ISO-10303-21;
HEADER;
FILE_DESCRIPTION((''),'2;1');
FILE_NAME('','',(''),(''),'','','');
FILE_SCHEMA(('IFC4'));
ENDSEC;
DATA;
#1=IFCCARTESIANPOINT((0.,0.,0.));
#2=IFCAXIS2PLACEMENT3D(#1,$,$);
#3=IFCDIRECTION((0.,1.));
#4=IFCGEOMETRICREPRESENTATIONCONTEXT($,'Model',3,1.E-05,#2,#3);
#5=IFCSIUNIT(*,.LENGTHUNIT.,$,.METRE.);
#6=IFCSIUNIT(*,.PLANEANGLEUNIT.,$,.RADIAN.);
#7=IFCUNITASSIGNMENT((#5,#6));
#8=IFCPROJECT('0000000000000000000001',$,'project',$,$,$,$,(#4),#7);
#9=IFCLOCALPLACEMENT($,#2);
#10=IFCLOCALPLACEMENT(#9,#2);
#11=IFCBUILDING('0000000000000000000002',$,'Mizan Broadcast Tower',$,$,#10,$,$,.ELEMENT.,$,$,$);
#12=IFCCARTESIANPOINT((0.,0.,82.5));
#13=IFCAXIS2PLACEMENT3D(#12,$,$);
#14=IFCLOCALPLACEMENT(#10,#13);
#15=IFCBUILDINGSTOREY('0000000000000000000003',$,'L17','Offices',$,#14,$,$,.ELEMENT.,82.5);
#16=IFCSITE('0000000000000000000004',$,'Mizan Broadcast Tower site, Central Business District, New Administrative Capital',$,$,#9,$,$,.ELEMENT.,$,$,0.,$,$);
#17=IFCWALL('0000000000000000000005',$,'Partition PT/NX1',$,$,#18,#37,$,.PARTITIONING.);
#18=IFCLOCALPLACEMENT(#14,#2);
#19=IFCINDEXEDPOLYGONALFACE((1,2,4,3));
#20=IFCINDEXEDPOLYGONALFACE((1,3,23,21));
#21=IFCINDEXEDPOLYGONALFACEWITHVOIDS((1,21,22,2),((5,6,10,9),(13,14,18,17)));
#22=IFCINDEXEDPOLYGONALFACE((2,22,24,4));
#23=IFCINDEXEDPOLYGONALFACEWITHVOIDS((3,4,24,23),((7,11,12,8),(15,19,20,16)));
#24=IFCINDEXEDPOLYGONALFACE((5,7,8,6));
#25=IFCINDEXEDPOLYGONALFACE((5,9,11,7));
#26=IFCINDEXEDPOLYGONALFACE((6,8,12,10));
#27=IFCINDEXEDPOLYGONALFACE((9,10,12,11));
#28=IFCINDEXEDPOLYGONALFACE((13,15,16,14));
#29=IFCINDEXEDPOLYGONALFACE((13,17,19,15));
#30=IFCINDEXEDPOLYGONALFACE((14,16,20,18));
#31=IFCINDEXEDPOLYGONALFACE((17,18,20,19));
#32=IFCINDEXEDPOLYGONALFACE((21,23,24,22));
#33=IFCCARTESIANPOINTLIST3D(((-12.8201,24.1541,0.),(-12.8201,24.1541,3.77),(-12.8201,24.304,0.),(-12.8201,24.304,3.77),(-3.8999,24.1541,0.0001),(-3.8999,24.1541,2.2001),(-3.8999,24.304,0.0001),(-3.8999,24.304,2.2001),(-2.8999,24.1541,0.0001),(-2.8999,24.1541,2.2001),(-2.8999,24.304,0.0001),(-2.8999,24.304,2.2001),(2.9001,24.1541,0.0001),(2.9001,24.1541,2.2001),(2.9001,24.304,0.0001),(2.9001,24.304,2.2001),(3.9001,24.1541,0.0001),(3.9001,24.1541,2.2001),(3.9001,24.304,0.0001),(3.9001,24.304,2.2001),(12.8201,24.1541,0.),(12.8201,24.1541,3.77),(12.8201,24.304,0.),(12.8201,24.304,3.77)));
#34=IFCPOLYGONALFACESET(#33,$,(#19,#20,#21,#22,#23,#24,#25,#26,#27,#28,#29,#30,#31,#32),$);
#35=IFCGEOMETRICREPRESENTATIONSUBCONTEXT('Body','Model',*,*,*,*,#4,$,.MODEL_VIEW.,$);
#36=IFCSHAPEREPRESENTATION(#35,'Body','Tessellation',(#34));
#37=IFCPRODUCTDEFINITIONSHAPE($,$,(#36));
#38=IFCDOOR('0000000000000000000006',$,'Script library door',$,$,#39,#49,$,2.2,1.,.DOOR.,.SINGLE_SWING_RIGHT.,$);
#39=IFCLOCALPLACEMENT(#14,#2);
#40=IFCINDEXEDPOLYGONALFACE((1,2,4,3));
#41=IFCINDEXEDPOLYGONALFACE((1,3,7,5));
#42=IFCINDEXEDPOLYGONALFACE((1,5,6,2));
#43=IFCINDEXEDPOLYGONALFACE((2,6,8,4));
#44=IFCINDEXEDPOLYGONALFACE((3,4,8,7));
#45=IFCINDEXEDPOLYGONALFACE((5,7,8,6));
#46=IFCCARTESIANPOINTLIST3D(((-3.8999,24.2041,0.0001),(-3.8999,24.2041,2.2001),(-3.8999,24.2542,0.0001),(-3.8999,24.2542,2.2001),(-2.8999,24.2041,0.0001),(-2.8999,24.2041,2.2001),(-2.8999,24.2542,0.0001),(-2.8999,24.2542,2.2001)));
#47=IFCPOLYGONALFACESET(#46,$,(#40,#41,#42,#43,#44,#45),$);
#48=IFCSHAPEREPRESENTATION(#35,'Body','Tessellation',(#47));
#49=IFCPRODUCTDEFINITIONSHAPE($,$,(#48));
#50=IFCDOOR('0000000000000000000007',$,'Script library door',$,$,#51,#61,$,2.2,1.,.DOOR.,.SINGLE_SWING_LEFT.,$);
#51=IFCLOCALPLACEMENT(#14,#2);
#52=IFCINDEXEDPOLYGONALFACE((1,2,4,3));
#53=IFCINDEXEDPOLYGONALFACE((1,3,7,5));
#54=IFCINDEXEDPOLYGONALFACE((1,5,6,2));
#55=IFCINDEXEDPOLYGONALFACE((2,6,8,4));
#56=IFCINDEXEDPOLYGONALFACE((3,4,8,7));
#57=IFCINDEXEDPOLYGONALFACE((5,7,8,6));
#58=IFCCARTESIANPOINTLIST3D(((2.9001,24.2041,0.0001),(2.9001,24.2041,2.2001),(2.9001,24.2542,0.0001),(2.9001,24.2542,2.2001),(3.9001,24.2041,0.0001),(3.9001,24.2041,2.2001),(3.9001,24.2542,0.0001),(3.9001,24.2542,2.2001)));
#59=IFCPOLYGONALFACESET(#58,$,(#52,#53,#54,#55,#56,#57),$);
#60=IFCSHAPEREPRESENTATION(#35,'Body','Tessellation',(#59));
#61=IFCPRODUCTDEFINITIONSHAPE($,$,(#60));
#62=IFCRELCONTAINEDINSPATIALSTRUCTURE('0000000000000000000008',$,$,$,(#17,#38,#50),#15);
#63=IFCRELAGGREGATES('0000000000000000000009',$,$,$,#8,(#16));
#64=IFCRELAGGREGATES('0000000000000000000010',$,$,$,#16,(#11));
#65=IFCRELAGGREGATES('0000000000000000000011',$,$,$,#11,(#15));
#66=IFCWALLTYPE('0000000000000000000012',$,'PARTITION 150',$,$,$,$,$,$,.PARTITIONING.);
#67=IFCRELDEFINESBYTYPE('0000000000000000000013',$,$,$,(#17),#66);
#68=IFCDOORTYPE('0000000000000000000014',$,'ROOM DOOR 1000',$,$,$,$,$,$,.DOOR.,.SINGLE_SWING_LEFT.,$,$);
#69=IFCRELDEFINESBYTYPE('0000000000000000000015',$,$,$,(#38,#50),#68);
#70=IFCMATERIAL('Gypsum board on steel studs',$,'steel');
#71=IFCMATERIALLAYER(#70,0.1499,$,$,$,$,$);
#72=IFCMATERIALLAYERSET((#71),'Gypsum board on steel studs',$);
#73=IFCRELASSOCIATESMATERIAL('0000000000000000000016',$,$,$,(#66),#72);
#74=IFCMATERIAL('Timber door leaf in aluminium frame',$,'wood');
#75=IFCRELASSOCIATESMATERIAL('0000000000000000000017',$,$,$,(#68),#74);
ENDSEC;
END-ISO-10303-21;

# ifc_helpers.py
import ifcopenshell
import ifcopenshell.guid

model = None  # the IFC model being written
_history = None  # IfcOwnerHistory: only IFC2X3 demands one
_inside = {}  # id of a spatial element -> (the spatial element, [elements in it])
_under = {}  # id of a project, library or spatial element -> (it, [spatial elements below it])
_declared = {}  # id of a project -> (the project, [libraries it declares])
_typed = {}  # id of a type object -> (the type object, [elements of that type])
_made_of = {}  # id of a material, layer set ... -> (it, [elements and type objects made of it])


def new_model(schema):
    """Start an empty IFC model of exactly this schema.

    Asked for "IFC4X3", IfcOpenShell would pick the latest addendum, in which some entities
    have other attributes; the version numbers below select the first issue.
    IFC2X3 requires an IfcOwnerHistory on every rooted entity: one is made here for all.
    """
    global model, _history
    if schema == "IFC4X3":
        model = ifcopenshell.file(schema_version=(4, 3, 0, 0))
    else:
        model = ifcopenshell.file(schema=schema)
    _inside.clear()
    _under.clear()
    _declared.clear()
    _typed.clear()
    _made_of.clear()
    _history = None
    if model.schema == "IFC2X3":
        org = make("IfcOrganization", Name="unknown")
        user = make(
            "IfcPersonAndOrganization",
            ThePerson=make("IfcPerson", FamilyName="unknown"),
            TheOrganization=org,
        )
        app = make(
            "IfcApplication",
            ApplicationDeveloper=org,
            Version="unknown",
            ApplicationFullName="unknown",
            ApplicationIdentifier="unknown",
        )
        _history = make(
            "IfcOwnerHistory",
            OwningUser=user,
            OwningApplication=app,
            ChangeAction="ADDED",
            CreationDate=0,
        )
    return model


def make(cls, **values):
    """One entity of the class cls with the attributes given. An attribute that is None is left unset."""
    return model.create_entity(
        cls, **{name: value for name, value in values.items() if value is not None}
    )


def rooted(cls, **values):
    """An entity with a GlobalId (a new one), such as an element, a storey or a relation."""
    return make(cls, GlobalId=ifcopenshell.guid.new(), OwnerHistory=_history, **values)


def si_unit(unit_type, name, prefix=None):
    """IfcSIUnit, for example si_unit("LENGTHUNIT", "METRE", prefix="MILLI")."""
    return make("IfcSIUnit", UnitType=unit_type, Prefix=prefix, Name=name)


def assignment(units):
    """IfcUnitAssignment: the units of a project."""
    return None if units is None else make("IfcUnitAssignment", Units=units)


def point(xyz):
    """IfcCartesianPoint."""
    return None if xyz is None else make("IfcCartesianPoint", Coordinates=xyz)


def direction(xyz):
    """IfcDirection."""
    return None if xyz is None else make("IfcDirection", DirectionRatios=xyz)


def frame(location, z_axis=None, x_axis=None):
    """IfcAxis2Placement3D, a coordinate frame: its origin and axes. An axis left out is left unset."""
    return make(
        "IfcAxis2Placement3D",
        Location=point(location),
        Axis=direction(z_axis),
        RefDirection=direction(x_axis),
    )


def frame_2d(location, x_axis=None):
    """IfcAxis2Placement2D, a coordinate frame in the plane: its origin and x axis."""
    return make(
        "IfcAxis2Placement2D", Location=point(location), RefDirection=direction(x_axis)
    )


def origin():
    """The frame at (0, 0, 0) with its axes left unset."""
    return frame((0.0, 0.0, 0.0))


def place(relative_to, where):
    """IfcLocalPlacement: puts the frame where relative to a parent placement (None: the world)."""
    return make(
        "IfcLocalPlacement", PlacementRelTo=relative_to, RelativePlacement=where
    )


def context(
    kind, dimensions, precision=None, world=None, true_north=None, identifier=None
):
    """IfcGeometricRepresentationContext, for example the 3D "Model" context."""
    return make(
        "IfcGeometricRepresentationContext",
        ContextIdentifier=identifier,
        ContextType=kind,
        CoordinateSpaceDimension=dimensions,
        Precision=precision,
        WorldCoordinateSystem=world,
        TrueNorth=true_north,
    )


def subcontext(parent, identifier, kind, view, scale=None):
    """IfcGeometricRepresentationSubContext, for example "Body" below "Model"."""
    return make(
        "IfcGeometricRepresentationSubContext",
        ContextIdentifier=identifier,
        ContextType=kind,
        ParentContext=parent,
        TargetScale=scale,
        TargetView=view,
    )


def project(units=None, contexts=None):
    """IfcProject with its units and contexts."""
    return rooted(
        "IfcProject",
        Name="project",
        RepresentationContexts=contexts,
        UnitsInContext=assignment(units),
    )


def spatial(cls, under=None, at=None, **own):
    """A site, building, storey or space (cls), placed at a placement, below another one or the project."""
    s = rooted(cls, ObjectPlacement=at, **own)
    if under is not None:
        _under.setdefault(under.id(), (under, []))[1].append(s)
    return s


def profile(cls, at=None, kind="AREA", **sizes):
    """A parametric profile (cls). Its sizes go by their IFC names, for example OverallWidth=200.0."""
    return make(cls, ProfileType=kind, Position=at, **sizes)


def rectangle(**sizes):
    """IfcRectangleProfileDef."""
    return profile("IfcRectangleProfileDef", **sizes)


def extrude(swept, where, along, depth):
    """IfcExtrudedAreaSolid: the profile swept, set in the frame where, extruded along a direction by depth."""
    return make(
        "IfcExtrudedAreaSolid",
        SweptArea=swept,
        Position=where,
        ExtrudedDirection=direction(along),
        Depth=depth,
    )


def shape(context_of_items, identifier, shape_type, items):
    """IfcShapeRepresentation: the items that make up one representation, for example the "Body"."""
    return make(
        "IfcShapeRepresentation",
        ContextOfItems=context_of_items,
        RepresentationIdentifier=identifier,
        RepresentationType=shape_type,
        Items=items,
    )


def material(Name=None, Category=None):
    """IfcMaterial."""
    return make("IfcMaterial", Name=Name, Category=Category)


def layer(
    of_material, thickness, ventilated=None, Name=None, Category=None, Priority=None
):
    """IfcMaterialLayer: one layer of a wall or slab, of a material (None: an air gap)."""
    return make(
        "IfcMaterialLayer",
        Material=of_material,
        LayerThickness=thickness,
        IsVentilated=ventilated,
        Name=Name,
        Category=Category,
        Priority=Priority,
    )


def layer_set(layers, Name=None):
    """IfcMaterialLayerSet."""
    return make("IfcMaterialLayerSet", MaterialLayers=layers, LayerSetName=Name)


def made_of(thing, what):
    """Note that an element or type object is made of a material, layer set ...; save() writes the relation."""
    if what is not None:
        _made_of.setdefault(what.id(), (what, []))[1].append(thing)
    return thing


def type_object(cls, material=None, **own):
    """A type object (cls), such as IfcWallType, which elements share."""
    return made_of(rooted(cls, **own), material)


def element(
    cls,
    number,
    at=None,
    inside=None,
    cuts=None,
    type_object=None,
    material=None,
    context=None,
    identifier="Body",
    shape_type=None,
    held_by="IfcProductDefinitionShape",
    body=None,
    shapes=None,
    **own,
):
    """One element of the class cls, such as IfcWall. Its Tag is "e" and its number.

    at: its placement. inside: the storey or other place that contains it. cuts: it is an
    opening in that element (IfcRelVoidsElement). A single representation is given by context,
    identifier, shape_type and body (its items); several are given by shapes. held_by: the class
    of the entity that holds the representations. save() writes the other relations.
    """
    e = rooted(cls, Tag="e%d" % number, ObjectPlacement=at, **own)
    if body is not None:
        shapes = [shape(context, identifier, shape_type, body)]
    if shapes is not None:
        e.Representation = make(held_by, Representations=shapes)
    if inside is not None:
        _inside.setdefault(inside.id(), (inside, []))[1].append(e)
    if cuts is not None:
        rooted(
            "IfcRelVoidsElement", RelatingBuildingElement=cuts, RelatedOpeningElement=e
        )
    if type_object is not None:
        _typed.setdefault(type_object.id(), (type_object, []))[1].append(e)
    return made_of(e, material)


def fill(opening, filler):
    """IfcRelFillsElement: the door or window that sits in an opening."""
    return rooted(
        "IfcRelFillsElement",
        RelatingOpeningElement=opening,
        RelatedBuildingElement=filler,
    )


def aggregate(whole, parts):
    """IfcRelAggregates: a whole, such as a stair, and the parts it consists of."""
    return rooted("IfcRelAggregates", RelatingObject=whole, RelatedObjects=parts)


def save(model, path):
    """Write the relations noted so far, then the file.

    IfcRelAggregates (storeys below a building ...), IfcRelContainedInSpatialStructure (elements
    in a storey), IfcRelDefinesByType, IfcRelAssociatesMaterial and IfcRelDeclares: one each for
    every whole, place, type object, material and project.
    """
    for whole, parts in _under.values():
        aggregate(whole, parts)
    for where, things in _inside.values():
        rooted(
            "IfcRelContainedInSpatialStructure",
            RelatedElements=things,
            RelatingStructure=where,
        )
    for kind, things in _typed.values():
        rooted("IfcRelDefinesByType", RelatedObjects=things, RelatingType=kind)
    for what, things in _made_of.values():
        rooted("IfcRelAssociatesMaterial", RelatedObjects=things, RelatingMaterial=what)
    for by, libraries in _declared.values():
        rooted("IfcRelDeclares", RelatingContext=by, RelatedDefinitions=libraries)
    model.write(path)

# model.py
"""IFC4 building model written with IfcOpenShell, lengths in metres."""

from ifc_helpers import new_model, si_unit, direction, frame, frame_2d, origin, place, context, subcontext, project, spatial, rectangle, extrude, material, layer, layer_set, type_object, element, fill, save


model = new_model("IFC4")

# Units and contexts
model_context = context("Model", 3, precision=1e-05, world=origin(), true_north=direction((0.0, 1.0)))
body_context = subcontext(model_context, "Body", "Model", "MODEL_VIEW")
ifc_project = project(units=[si_unit("LENGTHUNIT", "METRE"), si_unit("PLANEANGLEUNIT", "RADIAN")], contexts=[model_context])

# Site, building, storey
site_placement = place(None, origin())
site = spatial("IfcSite", under=ifc_project, at=site_placement, Name="Mizan Broadcast Tower site, Central Business District, New Administrative Capital", CompositionType="ELEMENT", RefElevation=0.0)
building_placement = place(site_placement, origin())
building = spatial("IfcBuilding", under=site, at=building_placement, Name="Mizan Broadcast Tower", CompositionType="ELEMENT")
storey_placement = place(building_placement, frame((0.0, 0.0, 82.5)))
storey = spatial("IfcBuildingStorey", under=building, at=storey_placement, Name="L17", Description="Offices", CompositionType="ELEMENT", Elevation=82.5)

# Wall, openings, doors
ifc_material_1 = material(Name="Gypsum board on steel studs", Category="steel")
ifc_layer_1 = layer(ifc_material_1, 0.1499)
ifc_layer_set_1 = layer_set([ifc_layer_1], Name="Gypsum board on steel studs")
wall_type = type_object("IfcWallType", Name="PARTITION 150", PredefinedType="PARTITIONING", material=ifc_layer_set_1)
wall_placement = place(storey_placement, frame((12.8201, 24.229, 0.0), z_axis=(0.0, 0.0, 1.0), x_axis=(-1.0, 0.0, 0.0)))
wall = element("IfcWall", 1, at=wall_placement, inside=storey, type_object=wall_type, Name="Partition PT/NX1", PredefinedType="PARTITIONING", context=body_context, shape_type="SweptSolid", body=[
    extrude(rectangle(XDim=25.6401, YDim=0.1499, at=frame_2d((12.8201, 0.0))), origin(), (0.0, 0.0, 1.0), 3.77),
])
opening_1_placement = place(wall_placement, frame((15.72, 0.0, 0.0)))
opening_1 = element("IfcOpeningElement", 2, at=opening_1_placement, cuts=wall, PredefinedType="OPENING", context=body_context, shape_type="SweptSolid", body=[
    extrude(rectangle(XDim=1.0, YDim=2.2, at=frame_2d((0.5, 1.1001))), frame((0.0, 0.085, 0.0), z_axis=(0.0, -1.0, 0.0), x_axis=(1.0, 0.0, 0.0)), (0.0, 0.0, 1.0), 0.1699),
])
opening_2_placement = place(wall_placement, frame((8.9199, 0.0, 0.0)))
opening_2 = element("IfcOpeningElement", 3, at=opening_2_placement, cuts=wall, PredefinedType="OPENING", context=body_context, shape_type="SweptSolid", body=[
    extrude(rectangle(XDim=1.0, YDim=2.2, at=frame_2d((0.5, 1.1001))), frame((0.0, 0.085, 0.0), z_axis=(0.0, -1.0, 0.0), x_axis=(1.0, 0.0, 0.0)), (0.0, 0.0, 1.0), 0.1699),
])
ifc_material_2 = material(Name="Timber door leaf in aluminium frame", Category="wood")
door_type = type_object("IfcDoorType", Name="ROOM DOOR 1000", OperationType="SINGLE_SWING_LEFT", PredefinedType="DOOR", material=ifc_material_2)
door_1_placement = place(opening_1_placement, origin())
door_1 = element("IfcDoor", 4, at=door_1_placement, inside=storey, type_object=door_type, Name="Script library door", OperationType="SINGLE_SWING_RIGHT", OverallHeight=2.2, OverallWidth=1.0, PredefinedType="DOOR", context=body_context, shape_type="SweptSolid", body=[
    extrude(rectangle(XDim=1.0, YDim=2.2, at=frame_2d((0.5, 1.1001))), frame((0.0, 0.0249, 0.0), z_axis=(0.0, -1.0, 0.0), x_axis=(1.0, 0.0, 0.0)), (0.0, 0.0, 1.0), 0.05),
])
fill(opening_1, door_1)
door_2_placement = place(opening_2_placement, origin())
door_2 = element("IfcDoor", 5, at=door_2_placement, inside=storey, type_object=door_type, Name="Script library door", OperationType="SINGLE_SWING_LEFT", OverallHeight=2.2, OverallWidth=1.0, PredefinedType="DOOR", context=body_context, shape_type="SweptSolid", body=[
    extrude(rectangle(XDim=1.0, YDim=2.2, at=frame_2d((0.5, 1.1001))), frame((0.0, 0.0249, 0.0), z_axis=(0.0, -1.0, 0.0), x_axis=(1.0, 0.0, 0.0)), (0.0, 0.0, 1.0), 0.05),
])
fill(opening_2, door_2)

save(model, "model.ifc")
